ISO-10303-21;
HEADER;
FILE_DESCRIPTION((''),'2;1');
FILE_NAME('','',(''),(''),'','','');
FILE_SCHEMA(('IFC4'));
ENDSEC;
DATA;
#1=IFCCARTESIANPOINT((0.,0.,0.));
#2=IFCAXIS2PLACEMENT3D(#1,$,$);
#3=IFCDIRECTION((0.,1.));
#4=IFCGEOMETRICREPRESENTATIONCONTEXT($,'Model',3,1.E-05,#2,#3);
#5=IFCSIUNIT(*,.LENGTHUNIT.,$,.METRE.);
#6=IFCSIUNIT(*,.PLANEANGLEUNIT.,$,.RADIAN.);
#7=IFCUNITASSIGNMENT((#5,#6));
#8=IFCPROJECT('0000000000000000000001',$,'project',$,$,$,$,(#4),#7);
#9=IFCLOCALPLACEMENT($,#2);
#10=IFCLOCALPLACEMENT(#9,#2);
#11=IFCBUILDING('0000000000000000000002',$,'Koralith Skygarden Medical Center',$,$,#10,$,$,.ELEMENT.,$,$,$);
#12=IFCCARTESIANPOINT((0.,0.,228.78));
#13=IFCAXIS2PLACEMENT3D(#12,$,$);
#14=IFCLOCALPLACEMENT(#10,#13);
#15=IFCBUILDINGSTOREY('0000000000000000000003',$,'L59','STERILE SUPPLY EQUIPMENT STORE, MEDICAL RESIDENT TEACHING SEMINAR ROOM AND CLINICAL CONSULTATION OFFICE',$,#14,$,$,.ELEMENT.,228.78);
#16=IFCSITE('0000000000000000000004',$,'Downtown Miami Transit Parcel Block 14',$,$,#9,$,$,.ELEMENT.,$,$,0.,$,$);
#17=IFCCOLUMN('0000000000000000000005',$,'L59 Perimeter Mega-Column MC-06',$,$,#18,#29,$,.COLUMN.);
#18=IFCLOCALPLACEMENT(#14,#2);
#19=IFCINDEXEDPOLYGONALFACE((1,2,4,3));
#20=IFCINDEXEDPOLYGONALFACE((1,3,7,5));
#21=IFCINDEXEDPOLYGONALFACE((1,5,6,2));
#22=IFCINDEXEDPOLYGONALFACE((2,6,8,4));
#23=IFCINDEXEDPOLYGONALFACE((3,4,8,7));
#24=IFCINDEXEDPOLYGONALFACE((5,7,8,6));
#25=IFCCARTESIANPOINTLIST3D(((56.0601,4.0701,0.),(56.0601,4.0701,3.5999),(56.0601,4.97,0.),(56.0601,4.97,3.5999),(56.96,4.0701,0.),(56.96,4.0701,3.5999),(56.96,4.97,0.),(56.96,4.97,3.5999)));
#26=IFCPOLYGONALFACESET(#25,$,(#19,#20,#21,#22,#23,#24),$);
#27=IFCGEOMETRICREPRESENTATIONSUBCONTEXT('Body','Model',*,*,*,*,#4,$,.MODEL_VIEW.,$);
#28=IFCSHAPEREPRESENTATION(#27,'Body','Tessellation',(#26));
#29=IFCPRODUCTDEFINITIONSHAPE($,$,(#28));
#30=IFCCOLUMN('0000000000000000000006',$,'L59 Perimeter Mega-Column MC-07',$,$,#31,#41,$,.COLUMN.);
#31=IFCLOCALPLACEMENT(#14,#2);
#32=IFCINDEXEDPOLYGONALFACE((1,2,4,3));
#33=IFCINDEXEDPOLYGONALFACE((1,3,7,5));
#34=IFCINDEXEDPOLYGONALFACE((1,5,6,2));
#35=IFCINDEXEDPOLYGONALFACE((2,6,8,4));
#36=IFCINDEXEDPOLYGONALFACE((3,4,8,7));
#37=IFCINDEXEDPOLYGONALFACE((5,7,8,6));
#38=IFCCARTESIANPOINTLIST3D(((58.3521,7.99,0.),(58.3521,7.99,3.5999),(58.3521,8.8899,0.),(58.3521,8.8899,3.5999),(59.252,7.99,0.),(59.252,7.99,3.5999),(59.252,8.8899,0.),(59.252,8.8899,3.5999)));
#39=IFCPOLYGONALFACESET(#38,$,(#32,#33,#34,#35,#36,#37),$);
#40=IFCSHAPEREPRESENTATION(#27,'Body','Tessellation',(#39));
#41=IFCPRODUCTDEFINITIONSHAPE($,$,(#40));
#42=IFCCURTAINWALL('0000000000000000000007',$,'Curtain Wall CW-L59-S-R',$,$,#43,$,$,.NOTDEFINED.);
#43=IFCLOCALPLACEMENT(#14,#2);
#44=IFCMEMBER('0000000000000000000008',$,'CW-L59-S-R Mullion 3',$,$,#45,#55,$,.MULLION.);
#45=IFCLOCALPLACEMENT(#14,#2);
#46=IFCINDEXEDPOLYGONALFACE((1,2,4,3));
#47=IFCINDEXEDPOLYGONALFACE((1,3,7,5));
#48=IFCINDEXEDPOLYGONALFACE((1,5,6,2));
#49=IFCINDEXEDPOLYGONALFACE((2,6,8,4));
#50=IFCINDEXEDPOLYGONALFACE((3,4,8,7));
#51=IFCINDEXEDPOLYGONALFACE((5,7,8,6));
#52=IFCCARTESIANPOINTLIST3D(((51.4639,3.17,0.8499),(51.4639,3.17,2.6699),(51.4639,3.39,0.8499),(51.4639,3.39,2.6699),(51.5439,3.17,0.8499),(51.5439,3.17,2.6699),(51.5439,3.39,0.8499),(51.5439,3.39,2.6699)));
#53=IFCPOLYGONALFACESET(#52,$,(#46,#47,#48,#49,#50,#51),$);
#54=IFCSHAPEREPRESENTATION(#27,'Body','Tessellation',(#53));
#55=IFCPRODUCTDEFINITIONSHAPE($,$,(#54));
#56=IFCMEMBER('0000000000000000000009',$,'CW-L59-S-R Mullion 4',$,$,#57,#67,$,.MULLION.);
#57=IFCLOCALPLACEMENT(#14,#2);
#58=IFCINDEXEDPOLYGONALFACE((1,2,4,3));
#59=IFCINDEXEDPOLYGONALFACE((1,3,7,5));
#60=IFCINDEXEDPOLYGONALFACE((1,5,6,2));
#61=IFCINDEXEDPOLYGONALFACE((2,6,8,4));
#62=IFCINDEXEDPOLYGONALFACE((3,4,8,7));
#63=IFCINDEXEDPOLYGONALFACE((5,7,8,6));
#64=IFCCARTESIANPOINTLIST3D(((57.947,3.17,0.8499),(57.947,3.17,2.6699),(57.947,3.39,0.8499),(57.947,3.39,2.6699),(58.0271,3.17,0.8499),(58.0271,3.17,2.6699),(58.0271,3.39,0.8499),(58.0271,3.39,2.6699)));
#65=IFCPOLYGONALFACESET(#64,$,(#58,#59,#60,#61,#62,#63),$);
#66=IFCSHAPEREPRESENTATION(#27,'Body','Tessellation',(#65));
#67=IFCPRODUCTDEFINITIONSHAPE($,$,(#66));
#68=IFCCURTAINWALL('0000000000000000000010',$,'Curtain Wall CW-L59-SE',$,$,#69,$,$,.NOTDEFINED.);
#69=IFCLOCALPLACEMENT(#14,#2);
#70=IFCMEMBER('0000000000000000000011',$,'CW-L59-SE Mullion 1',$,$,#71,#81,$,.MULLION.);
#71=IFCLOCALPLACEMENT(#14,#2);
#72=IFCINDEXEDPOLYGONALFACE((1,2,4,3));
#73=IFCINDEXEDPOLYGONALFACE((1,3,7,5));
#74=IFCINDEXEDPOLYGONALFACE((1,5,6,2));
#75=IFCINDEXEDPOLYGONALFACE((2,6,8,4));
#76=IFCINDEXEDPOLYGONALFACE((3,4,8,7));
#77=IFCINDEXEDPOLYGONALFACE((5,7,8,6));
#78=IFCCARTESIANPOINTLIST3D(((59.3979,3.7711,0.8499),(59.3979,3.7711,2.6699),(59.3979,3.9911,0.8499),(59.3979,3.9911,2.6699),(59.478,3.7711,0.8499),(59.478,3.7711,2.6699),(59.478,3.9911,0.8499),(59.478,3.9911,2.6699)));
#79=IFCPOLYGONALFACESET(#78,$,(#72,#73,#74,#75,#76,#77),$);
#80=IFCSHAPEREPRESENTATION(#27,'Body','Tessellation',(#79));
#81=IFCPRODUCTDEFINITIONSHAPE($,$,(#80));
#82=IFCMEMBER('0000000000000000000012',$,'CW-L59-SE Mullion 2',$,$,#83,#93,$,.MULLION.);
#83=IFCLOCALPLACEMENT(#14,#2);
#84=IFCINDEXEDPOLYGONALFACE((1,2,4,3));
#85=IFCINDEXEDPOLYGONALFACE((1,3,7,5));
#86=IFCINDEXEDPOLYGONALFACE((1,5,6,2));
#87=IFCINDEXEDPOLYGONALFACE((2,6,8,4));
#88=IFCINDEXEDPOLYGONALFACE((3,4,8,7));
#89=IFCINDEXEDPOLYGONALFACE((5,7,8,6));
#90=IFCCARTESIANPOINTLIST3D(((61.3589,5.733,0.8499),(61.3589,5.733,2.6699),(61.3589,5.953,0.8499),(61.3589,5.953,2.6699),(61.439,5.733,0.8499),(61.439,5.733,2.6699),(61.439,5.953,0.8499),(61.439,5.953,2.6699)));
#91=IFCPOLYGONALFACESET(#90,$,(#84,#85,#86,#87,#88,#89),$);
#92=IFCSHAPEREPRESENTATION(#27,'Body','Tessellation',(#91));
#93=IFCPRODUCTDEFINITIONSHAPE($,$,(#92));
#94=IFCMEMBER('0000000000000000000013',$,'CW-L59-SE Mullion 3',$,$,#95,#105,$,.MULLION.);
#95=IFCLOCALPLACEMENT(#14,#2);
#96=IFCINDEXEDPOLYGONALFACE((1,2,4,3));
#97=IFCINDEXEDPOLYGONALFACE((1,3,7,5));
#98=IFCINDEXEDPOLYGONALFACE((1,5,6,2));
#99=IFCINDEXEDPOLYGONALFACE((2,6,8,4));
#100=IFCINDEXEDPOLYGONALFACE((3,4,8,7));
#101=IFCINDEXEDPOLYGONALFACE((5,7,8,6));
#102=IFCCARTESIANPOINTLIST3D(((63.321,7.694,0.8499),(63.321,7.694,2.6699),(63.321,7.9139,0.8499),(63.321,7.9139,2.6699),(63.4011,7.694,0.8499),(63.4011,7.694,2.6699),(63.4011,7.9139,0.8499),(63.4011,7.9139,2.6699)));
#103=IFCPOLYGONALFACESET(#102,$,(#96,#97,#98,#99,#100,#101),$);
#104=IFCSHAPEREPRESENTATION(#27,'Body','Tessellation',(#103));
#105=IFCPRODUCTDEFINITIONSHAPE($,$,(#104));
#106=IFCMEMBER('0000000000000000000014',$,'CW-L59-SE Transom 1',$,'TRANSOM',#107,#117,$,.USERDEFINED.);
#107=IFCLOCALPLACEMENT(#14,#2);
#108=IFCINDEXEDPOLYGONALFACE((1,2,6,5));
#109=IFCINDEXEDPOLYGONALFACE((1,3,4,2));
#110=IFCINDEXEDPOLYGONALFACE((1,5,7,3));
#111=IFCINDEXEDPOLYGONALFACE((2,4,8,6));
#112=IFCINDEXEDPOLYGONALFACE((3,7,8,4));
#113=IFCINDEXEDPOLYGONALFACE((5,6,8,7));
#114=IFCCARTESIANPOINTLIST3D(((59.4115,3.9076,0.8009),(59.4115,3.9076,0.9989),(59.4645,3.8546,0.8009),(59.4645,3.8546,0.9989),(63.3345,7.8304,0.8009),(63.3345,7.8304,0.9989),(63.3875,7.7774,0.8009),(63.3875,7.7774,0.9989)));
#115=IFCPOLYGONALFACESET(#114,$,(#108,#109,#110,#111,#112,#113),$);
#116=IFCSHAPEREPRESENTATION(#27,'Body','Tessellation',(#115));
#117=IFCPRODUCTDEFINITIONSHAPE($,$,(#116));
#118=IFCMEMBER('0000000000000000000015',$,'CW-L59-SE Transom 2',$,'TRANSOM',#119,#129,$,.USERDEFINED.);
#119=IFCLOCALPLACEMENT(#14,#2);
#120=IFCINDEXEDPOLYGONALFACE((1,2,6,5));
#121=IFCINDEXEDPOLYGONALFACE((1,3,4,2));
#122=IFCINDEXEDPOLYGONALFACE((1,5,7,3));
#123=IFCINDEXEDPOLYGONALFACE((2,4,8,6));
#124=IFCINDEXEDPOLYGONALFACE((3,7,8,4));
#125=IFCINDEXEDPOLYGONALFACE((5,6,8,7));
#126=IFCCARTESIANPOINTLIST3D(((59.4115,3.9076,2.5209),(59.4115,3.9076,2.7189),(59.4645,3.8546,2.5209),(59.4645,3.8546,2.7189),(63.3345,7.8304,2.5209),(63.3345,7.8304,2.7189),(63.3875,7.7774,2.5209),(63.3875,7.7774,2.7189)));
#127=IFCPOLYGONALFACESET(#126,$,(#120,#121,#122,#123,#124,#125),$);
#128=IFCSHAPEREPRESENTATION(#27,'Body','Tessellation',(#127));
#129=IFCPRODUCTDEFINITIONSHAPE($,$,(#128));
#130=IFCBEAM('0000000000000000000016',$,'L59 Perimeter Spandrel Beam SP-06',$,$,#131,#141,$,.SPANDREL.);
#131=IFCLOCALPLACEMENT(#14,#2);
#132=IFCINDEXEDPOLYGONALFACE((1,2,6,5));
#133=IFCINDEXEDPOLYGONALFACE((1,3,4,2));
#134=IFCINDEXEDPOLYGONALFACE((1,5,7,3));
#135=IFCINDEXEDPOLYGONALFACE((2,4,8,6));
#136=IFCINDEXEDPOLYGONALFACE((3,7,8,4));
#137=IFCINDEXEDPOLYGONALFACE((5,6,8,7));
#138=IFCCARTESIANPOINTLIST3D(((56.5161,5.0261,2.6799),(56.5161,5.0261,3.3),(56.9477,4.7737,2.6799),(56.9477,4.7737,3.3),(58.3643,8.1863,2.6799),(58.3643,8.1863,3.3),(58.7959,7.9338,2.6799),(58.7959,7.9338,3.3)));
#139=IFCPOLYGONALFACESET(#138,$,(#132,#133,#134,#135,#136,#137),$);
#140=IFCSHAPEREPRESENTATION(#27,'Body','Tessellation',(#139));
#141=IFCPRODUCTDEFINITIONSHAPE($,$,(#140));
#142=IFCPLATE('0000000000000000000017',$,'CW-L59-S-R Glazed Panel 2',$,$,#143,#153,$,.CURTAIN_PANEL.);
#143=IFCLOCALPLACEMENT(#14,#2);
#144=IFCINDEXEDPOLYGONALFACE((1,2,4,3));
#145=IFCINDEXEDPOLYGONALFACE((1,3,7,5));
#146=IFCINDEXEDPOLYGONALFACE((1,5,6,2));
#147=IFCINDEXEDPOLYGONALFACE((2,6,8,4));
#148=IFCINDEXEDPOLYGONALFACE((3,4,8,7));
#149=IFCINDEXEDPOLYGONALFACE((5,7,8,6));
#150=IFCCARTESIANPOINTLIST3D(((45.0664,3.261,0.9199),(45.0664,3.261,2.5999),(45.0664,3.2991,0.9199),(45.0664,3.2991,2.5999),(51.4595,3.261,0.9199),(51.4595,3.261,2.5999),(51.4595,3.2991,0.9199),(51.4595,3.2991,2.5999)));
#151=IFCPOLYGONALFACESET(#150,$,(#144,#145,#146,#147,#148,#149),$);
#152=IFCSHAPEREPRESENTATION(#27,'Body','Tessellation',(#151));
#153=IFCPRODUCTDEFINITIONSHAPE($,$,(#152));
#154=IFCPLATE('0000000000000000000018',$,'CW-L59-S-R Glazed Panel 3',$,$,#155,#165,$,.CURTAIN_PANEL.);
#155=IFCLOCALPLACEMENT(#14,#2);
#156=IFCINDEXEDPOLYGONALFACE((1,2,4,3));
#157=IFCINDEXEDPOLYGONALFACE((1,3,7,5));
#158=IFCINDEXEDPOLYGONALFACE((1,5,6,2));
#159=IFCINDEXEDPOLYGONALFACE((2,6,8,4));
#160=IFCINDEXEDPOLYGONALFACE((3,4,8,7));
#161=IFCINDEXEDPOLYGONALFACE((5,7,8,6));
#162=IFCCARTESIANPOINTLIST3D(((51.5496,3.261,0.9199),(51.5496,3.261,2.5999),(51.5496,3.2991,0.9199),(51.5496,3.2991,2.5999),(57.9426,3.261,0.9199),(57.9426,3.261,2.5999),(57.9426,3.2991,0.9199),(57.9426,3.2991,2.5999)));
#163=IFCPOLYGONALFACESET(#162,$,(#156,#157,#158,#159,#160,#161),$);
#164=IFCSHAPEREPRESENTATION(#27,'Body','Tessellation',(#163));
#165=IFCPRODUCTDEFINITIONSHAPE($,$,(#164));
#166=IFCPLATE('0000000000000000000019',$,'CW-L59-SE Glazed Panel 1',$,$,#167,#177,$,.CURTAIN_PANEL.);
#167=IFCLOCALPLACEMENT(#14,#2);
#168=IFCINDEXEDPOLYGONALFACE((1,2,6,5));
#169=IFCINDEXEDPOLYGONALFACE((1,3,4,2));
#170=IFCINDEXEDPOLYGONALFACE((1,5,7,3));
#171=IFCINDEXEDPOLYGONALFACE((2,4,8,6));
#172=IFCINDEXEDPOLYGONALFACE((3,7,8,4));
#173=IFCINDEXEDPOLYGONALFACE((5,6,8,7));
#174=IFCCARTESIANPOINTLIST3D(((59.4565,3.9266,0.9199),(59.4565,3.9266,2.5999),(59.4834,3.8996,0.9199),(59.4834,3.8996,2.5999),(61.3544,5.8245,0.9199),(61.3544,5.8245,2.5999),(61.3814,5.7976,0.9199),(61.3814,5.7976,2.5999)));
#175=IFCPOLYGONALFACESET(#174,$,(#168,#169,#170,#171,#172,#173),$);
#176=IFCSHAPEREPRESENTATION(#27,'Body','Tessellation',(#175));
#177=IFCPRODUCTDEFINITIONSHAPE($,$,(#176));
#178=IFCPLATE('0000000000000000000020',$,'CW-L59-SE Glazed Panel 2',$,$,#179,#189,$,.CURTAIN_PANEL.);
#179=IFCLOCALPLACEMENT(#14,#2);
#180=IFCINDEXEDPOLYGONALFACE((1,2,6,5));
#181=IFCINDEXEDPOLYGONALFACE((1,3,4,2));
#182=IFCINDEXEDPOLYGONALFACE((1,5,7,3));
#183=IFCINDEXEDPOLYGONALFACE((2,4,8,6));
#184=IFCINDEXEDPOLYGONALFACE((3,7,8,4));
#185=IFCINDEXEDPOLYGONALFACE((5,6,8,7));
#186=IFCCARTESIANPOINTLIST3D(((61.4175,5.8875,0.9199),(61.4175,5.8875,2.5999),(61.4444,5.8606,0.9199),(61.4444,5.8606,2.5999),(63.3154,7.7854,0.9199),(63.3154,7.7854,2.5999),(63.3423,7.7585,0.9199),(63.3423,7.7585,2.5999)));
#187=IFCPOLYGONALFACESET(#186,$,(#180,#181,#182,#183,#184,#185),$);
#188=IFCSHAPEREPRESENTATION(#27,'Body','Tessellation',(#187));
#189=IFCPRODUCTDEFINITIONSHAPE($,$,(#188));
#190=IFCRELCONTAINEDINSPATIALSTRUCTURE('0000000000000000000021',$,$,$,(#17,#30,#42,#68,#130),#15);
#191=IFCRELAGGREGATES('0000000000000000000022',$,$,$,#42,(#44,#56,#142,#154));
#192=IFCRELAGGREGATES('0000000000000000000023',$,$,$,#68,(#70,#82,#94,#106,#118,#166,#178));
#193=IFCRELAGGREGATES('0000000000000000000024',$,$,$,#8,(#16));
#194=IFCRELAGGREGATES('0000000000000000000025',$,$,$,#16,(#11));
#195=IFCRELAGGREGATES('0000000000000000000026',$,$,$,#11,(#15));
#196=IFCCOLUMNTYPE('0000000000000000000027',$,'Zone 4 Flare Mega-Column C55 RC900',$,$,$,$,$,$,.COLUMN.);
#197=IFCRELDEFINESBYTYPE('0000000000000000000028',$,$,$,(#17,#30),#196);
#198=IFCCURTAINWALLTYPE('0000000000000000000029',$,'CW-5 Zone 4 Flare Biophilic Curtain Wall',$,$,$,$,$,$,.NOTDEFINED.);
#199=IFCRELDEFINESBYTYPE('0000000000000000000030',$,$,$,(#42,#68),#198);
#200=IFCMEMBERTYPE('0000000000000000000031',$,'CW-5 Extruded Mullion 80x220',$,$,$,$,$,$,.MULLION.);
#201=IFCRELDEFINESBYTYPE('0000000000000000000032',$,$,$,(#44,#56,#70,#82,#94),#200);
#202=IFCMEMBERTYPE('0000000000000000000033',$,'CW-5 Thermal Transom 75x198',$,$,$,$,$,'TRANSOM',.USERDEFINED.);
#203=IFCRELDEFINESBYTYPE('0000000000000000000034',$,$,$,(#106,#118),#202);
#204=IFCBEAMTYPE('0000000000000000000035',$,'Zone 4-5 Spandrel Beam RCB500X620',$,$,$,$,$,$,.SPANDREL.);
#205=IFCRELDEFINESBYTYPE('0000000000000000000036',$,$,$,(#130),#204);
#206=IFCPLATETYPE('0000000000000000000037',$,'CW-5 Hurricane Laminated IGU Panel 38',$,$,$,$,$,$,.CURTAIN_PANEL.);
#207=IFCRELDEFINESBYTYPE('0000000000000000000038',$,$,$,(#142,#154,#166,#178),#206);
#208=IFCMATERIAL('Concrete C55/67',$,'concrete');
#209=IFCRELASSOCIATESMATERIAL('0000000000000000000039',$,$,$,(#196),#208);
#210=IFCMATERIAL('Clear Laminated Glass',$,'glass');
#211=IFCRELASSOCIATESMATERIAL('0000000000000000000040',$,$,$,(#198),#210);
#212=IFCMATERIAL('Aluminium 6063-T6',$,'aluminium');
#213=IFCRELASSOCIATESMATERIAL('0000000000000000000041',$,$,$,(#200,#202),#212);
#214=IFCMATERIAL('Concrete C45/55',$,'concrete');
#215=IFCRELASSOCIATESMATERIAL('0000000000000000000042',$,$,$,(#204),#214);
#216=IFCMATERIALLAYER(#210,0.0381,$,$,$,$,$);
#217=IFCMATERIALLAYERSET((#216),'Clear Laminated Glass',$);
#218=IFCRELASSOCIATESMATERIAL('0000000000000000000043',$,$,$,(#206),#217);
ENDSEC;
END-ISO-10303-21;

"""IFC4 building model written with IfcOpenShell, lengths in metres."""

from ifc_helpers import new_model, si_unit, direction, frame, origin, origin_2d, place, context, subcontext, project, spatial, rectangle, extrude, material, layer, layer_set, material_profile, profile_set, type_object, element, aggregate, save


model = new_model("IFC4")

# Units and contexts
model_context = context("Model", 3, precision=1e-05, world=origin(), true_north=direction((0.0, 1.0)))
body_context = subcontext(model_context, "Body", "Model", "MODEL_VIEW")
ifc_project = project(units=[si_unit("LENGTHUNIT", "METRE"), si_unit("PLANEANGLEUNIT", "RADIAN")], contexts=[model_context])

# Site, building, storey
site_placement = place(None, origin())
site = spatial("IfcSite", under=ifc_project, at=site_placement, Name="Downtown Miami Transit Parcel Block 14", CompositionType="ELEMENT", RefElevation=0.0)
building_placement = place(site_placement, origin())
building = spatial("IfcBuilding", under=site, at=building_placement, Name="Koralith Skygarden Medical Center", CompositionType="ELEMENT")
storey_placement = place(building_placement, frame((0.0, 0.0, 228.78)))
storey = spatial("IfcBuildingStorey", under=building, at=storey_placement, Name="L59", Description="STERILE SUPPLY EQUIPMENT STORE, MEDICAL RESIDENT TEACHING SEMINAR ROOM AND CLINICAL CONSULTATION OFFICE", CompositionType="ELEMENT", Elevation=228.78)

# Columns
ifc_material_1 = material(Name="Concrete C55/67", Category="concrete")
ifc_material_profile_1 = material_profile(ifc_material_1, rectangle(XDim=0.8999, YDim=0.8999, at=origin_2d()), Name="RC900X900")
ifc_profile_set_1 = profile_set([ifc_material_profile_1], Name="Concrete C55/67")
column_type = type_object("IfcColumnType", Name="Zone 4 Flare Mega-Column C55 RC900", PredefinedType="COLUMN", material=ifc_profile_set_1)
for number, where, z_axis, x_axis, name in (
    (1, (56.51, 4.52, 0.0), (0.0, 0.0, 1.0), (1.0, 0.0, 0.0), "L59 Perimeter Mega-Column MC-06"),
    (2, (58.802, 8.4399, 0.0), (0.0, 0.0, 1.0), (1.0, 0.0, 0.0), "L59 Perimeter Mega-Column MC-07"),
):
    element("IfcColumn", number, at=place(storey_placement, frame(where, z_axis=z_axis, x_axis=x_axis)), inside=storey, type_object=column_type, Name=name, PredefinedType="COLUMN", context=body_context, shape_type="SweptSolid", body=[
        extrude(rectangle(XDim=0.8999, YDim=0.8999, at=origin_2d()), origin(), (0.0, 0.0, 1.0), 3.5999),
    ])

# Curtain walls, members
ifc_material_2 = material(Name="Clear Laminated Glass", Category="glass")
curtain_wall_type = type_object("IfcCurtainWallType", Name="CW-5 Zone 4 Flare Biophilic Curtain Wall", PredefinedType="NOTDEFINED", material=ifc_material_2)
curtain_wall_1_placement = place(storey_placement, origin())
curtain_wall_1 = element("IfcCurtainWall", 3, at=curtain_wall_1_placement, inside=storey, type_object=curtain_wall_type, Name="Curtain Wall CW-L59-S-R", PredefinedType="NOTDEFINED")
ifc_material_3 = material(Name="Aluminium 6063-T6", Category="aluminium")
ifc_material_profile_2 = material_profile(ifc_material_3, rectangle(XDim=0.0801, YDim=0.22, at=origin_2d()), Name="MUL80X220")
ifc_profile_set_2 = profile_set([ifc_material_profile_2], Name="Aluminium 6063-T6")
member_type_1 = type_object("IfcMemberType", Name="CW-5 Extruded Mullion 80x220", PredefinedType="MULLION", material=ifc_profile_set_2)
member_1_placement = place(storey_placement, frame((51.5039, 3.28, 0.8499), z_axis=(0.0, 0.0, 1.0), x_axis=(1.0, 0.0, 0.0)))
member_1 = element("IfcMember", 4, at=member_1_placement, type_object=member_type_1, Name="CW-L59-S-R Mullion 3", PredefinedType="MULLION", context=body_context, shape_type="SweptSolid", body=[
    extrude(rectangle(XDim=0.0801, YDim=0.22, at=origin_2d()), origin(), (0.0, 0.0, 1.0), 1.8201),
])
member_2_placement = place(storey_placement, frame((57.9871, 3.28, 0.8499), z_axis=(0.0, 0.0, 1.0), x_axis=(1.0, 0.0, 0.0)))
member_2 = element("IfcMember", 5, at=member_2_placement, type_object=member_type_1, Name="CW-L59-S-R Mullion 4", PredefinedType="MULLION", context=body_context, shape_type="SweptSolid", body=[
    extrude(rectangle(XDim=0.0801, YDim=0.22, at=origin_2d()), origin(), (0.0, 0.0, 1.0), 1.8201),
])
curtain_wall_2_placement = place(storey_placement, origin())
curtain_wall_2 = element("IfcCurtainWall", 6, at=curtain_wall_2_placement, inside=storey, type_object=curtain_wall_type, Name="Curtain Wall CW-L59-SE", PredefinedType="NOTDEFINED")
member_3_placement = place(storey_placement, frame((59.438, 3.8811, 0.8499), z_axis=(0.0, 0.0, 1.0), x_axis=(1.0, 0.0, 0.0)))
member_3 = element("IfcMember", 7, at=member_3_placement, type_object=member_type_1, Name="CW-L59-SE Mullion 1", PredefinedType="MULLION", context=body_context, shape_type="SweptSolid", body=[
    extrude(rectangle(XDim=0.0801, YDim=0.22, at=origin_2d()), origin(), (0.0, 0.0, 1.0), 1.8201),
])
member_4_placement = place(storey_placement, frame((61.3989, 5.843, 0.8499), z_axis=(0.0, 0.0, 1.0), x_axis=(1.0, 0.0, 0.0)))
member_4 = element("IfcMember", 8, at=member_4_placement, type_object=member_type_1, Name="CW-L59-SE Mullion 2", PredefinedType="MULLION", context=body_context, shape_type="SweptSolid", body=[
    extrude(rectangle(XDim=0.0801, YDim=0.22, at=origin_2d()), origin(), (0.0, 0.0, 1.0), 1.8201),
])
member_5_placement = place(storey_placement, frame((63.3611, 7.804, 0.8499), z_axis=(0.0, 0.0, 1.0), x_axis=(1.0, 0.0, 0.0)))
member_5 = element("IfcMember", 9, at=member_5_placement, type_object=member_type_1, Name="CW-L59-SE Mullion 3", PredefinedType="MULLION", context=body_context, shape_type="SweptSolid", body=[
    extrude(rectangle(XDim=0.0801, YDim=0.22, at=origin_2d()), origin(), (0.0, 0.0, 1.0), 1.8201),
])
ifc_material_profile_3 = material_profile(ifc_material_3, rectangle(XDim=0.075, YDim=0.198, at=origin_2d()), Name="TRN75X198")
ifc_profile_set_3 = profile_set([ifc_material_profile_3], Name="Aluminium 6063-T6")
member_type_2 = type_object("IfcMemberType", Name="CW-5 Thermal Transom 75x198", ElementType="TRANSOM", PredefinedType="USERDEFINED", material=ifc_profile_set_3)
member_6_placement = place(storey_placement, frame((59.438, 3.8811, 0.8999), z_axis=(0.707129, 0.707085, 0.0), x_axis=(-0.707085, 0.707129, 0.0)))
member_6 = element("IfcMember", 10, at=member_6_placement, type_object=member_type_2, Name="CW-L59-SE Transom 1", ObjectType="TRANSOM", PredefinedType="USERDEFINED", context=body_context, shape_type="SweptSolid", body=[
    extrude(rectangle(XDim=0.075, YDim=0.198, at=origin_2d()), origin(), (0.0, 0.0, 1.0), 5.5479),
])
member_7_placement = place(storey_placement, frame((59.438, 3.8811, 2.6199), z_axis=(0.707129, 0.707085, 0.0), x_axis=(-0.707085, 0.707129, 0.0)))
member_7 = element("IfcMember", 11, at=member_7_placement, type_object=member_type_2, Name="CW-L59-SE Transom 2", ObjectType="TRANSOM", PredefinedType="USERDEFINED", context=body_context, shape_type="SweptSolid", body=[
    extrude(rectangle(XDim=0.075, YDim=0.198, at=origin_2d()), origin(), (0.0, 0.0, 1.0), 5.5479),
])

# Beam
ifc_material_4 = material(Name="Concrete C45/55", Category="concrete")
ifc_material_profile_4 = material_profile(ifc_material_4, rectangle(XDim=0.5, YDim=0.6201, at=origin_2d()), Name="RCB500X620")
ifc_profile_set_4 = profile_set([ifc_material_profile_4], Name="Concrete C45/55")
beam_type = type_object("IfcBeamType", Name="Zone 4-5 Spandrel Beam RCB500X620", PredefinedType="SPANDREL", material=ifc_profile_set_4)
beam_placement = place(storey_placement, frame((56.7319, 4.8999, 2.99), z_axis=(0.504833, 0.863217, 0.0), x_axis=(-0.863217, 0.504833, 0.0)))
element("IfcBeam", 12, at=beam_placement, inside=storey, type_object=beam_type, Name="L59 Perimeter Spandrel Beam SP-06", PredefinedType="SPANDREL", context=body_context, shape_type="SweptSolid", body=[
    extrude(rectangle(XDim=0.5, YDim=0.6201, at=origin_2d()), origin(), (0.0, 0.0, 1.0), 3.6609),
])

# Plates
ifc_layer_1 = layer(ifc_material_2, 0.0381)
ifc_layer_set_1 = layer_set([ifc_layer_1], Name="Clear Laminated Glass")
plate_type_1 = type_object("IfcPlateType", Name="CW-5 Hurricane Laminated IGU Panel 38", PredefinedType="CURTAIN_PANEL", material=ifc_layer_set_1)
plate_1_placement = place(storey_placement, frame((48.2629, 3.28, 0.9199), z_axis=(0.0, 0.0, 1.0), x_axis=(1.0, 0.0, 0.0)))
plate_1 = element("IfcPlate", 13, at=plate_1_placement, type_object=plate_type_1, Name="CW-L59-S-R Glazed Panel 2", PredefinedType="CURTAIN_PANEL", context=body_context, shape_type="SweptSolid", body=[
    extrude(rectangle(XDim=6.3931, YDim=0.0381, at=origin_2d()), origin(), (0.0, 0.0, 1.0), 1.6799),
])
plate_2_placement = place(storey_placement, frame((54.7461, 3.28, 0.9199), z_axis=(0.0, 0.0, 1.0), x_axis=(1.0, 0.0, 0.0)))
plate_2 = element("IfcPlate", 14, at=plate_2_placement, type_object=plate_type_1, Name="CW-L59-S-R Glazed Panel 3", PredefinedType="CURTAIN_PANEL", context=body_context, shape_type="SweptSolid", body=[
    extrude(rectangle(XDim=6.3931, YDim=0.0381, at=origin_2d()), origin(), (0.0, 0.0, 1.0), 1.6799),
])
aggregate(curtain_wall_1, [member_1, member_2, plate_1, plate_2])
plate_3_placement = place(storey_placement, frame((60.4189, 4.8621, 0.9199), z_axis=(0.0, 0.0, 1.0), x_axis=(0.707107, 0.707107, 0.0)))
plate_3 = element("IfcPlate", 15, at=plate_3_placement, type_object=plate_type_1, Name="CW-L59-SE Glazed Panel 1", PredefinedType="CURTAIN_PANEL", context=body_context, shape_type="SweptSolid", body=[
    extrude(rectangle(XDim=2.6841, YDim=0.0381, at=origin_2d()), origin(), (0.0, 0.0, 1.0), 1.6799),
])
plate_4_placement = place(storey_placement, frame((62.3799, 6.823, 0.9199), z_axis=(0.0, 0.0, 1.0), x_axis=(0.707107, 0.707107, 0.0)))
plate_4 = element("IfcPlate", 16, at=plate_4_placement, type_object=plate_type_1, Name="CW-L59-SE Glazed Panel 2", PredefinedType="CURTAIN_PANEL", context=body_context, shape_type="SweptSolid", body=[
    extrude(rectangle(XDim=2.6841, YDim=0.0381, at=origin_2d()), origin(), (0.0, 0.0, 1.0), 1.6799),
])
aggregate(curtain_wall_2, [member_3, member_4, member_5, member_6, member_7, plate_3, plate_4])

save(model, "model.ifc")
